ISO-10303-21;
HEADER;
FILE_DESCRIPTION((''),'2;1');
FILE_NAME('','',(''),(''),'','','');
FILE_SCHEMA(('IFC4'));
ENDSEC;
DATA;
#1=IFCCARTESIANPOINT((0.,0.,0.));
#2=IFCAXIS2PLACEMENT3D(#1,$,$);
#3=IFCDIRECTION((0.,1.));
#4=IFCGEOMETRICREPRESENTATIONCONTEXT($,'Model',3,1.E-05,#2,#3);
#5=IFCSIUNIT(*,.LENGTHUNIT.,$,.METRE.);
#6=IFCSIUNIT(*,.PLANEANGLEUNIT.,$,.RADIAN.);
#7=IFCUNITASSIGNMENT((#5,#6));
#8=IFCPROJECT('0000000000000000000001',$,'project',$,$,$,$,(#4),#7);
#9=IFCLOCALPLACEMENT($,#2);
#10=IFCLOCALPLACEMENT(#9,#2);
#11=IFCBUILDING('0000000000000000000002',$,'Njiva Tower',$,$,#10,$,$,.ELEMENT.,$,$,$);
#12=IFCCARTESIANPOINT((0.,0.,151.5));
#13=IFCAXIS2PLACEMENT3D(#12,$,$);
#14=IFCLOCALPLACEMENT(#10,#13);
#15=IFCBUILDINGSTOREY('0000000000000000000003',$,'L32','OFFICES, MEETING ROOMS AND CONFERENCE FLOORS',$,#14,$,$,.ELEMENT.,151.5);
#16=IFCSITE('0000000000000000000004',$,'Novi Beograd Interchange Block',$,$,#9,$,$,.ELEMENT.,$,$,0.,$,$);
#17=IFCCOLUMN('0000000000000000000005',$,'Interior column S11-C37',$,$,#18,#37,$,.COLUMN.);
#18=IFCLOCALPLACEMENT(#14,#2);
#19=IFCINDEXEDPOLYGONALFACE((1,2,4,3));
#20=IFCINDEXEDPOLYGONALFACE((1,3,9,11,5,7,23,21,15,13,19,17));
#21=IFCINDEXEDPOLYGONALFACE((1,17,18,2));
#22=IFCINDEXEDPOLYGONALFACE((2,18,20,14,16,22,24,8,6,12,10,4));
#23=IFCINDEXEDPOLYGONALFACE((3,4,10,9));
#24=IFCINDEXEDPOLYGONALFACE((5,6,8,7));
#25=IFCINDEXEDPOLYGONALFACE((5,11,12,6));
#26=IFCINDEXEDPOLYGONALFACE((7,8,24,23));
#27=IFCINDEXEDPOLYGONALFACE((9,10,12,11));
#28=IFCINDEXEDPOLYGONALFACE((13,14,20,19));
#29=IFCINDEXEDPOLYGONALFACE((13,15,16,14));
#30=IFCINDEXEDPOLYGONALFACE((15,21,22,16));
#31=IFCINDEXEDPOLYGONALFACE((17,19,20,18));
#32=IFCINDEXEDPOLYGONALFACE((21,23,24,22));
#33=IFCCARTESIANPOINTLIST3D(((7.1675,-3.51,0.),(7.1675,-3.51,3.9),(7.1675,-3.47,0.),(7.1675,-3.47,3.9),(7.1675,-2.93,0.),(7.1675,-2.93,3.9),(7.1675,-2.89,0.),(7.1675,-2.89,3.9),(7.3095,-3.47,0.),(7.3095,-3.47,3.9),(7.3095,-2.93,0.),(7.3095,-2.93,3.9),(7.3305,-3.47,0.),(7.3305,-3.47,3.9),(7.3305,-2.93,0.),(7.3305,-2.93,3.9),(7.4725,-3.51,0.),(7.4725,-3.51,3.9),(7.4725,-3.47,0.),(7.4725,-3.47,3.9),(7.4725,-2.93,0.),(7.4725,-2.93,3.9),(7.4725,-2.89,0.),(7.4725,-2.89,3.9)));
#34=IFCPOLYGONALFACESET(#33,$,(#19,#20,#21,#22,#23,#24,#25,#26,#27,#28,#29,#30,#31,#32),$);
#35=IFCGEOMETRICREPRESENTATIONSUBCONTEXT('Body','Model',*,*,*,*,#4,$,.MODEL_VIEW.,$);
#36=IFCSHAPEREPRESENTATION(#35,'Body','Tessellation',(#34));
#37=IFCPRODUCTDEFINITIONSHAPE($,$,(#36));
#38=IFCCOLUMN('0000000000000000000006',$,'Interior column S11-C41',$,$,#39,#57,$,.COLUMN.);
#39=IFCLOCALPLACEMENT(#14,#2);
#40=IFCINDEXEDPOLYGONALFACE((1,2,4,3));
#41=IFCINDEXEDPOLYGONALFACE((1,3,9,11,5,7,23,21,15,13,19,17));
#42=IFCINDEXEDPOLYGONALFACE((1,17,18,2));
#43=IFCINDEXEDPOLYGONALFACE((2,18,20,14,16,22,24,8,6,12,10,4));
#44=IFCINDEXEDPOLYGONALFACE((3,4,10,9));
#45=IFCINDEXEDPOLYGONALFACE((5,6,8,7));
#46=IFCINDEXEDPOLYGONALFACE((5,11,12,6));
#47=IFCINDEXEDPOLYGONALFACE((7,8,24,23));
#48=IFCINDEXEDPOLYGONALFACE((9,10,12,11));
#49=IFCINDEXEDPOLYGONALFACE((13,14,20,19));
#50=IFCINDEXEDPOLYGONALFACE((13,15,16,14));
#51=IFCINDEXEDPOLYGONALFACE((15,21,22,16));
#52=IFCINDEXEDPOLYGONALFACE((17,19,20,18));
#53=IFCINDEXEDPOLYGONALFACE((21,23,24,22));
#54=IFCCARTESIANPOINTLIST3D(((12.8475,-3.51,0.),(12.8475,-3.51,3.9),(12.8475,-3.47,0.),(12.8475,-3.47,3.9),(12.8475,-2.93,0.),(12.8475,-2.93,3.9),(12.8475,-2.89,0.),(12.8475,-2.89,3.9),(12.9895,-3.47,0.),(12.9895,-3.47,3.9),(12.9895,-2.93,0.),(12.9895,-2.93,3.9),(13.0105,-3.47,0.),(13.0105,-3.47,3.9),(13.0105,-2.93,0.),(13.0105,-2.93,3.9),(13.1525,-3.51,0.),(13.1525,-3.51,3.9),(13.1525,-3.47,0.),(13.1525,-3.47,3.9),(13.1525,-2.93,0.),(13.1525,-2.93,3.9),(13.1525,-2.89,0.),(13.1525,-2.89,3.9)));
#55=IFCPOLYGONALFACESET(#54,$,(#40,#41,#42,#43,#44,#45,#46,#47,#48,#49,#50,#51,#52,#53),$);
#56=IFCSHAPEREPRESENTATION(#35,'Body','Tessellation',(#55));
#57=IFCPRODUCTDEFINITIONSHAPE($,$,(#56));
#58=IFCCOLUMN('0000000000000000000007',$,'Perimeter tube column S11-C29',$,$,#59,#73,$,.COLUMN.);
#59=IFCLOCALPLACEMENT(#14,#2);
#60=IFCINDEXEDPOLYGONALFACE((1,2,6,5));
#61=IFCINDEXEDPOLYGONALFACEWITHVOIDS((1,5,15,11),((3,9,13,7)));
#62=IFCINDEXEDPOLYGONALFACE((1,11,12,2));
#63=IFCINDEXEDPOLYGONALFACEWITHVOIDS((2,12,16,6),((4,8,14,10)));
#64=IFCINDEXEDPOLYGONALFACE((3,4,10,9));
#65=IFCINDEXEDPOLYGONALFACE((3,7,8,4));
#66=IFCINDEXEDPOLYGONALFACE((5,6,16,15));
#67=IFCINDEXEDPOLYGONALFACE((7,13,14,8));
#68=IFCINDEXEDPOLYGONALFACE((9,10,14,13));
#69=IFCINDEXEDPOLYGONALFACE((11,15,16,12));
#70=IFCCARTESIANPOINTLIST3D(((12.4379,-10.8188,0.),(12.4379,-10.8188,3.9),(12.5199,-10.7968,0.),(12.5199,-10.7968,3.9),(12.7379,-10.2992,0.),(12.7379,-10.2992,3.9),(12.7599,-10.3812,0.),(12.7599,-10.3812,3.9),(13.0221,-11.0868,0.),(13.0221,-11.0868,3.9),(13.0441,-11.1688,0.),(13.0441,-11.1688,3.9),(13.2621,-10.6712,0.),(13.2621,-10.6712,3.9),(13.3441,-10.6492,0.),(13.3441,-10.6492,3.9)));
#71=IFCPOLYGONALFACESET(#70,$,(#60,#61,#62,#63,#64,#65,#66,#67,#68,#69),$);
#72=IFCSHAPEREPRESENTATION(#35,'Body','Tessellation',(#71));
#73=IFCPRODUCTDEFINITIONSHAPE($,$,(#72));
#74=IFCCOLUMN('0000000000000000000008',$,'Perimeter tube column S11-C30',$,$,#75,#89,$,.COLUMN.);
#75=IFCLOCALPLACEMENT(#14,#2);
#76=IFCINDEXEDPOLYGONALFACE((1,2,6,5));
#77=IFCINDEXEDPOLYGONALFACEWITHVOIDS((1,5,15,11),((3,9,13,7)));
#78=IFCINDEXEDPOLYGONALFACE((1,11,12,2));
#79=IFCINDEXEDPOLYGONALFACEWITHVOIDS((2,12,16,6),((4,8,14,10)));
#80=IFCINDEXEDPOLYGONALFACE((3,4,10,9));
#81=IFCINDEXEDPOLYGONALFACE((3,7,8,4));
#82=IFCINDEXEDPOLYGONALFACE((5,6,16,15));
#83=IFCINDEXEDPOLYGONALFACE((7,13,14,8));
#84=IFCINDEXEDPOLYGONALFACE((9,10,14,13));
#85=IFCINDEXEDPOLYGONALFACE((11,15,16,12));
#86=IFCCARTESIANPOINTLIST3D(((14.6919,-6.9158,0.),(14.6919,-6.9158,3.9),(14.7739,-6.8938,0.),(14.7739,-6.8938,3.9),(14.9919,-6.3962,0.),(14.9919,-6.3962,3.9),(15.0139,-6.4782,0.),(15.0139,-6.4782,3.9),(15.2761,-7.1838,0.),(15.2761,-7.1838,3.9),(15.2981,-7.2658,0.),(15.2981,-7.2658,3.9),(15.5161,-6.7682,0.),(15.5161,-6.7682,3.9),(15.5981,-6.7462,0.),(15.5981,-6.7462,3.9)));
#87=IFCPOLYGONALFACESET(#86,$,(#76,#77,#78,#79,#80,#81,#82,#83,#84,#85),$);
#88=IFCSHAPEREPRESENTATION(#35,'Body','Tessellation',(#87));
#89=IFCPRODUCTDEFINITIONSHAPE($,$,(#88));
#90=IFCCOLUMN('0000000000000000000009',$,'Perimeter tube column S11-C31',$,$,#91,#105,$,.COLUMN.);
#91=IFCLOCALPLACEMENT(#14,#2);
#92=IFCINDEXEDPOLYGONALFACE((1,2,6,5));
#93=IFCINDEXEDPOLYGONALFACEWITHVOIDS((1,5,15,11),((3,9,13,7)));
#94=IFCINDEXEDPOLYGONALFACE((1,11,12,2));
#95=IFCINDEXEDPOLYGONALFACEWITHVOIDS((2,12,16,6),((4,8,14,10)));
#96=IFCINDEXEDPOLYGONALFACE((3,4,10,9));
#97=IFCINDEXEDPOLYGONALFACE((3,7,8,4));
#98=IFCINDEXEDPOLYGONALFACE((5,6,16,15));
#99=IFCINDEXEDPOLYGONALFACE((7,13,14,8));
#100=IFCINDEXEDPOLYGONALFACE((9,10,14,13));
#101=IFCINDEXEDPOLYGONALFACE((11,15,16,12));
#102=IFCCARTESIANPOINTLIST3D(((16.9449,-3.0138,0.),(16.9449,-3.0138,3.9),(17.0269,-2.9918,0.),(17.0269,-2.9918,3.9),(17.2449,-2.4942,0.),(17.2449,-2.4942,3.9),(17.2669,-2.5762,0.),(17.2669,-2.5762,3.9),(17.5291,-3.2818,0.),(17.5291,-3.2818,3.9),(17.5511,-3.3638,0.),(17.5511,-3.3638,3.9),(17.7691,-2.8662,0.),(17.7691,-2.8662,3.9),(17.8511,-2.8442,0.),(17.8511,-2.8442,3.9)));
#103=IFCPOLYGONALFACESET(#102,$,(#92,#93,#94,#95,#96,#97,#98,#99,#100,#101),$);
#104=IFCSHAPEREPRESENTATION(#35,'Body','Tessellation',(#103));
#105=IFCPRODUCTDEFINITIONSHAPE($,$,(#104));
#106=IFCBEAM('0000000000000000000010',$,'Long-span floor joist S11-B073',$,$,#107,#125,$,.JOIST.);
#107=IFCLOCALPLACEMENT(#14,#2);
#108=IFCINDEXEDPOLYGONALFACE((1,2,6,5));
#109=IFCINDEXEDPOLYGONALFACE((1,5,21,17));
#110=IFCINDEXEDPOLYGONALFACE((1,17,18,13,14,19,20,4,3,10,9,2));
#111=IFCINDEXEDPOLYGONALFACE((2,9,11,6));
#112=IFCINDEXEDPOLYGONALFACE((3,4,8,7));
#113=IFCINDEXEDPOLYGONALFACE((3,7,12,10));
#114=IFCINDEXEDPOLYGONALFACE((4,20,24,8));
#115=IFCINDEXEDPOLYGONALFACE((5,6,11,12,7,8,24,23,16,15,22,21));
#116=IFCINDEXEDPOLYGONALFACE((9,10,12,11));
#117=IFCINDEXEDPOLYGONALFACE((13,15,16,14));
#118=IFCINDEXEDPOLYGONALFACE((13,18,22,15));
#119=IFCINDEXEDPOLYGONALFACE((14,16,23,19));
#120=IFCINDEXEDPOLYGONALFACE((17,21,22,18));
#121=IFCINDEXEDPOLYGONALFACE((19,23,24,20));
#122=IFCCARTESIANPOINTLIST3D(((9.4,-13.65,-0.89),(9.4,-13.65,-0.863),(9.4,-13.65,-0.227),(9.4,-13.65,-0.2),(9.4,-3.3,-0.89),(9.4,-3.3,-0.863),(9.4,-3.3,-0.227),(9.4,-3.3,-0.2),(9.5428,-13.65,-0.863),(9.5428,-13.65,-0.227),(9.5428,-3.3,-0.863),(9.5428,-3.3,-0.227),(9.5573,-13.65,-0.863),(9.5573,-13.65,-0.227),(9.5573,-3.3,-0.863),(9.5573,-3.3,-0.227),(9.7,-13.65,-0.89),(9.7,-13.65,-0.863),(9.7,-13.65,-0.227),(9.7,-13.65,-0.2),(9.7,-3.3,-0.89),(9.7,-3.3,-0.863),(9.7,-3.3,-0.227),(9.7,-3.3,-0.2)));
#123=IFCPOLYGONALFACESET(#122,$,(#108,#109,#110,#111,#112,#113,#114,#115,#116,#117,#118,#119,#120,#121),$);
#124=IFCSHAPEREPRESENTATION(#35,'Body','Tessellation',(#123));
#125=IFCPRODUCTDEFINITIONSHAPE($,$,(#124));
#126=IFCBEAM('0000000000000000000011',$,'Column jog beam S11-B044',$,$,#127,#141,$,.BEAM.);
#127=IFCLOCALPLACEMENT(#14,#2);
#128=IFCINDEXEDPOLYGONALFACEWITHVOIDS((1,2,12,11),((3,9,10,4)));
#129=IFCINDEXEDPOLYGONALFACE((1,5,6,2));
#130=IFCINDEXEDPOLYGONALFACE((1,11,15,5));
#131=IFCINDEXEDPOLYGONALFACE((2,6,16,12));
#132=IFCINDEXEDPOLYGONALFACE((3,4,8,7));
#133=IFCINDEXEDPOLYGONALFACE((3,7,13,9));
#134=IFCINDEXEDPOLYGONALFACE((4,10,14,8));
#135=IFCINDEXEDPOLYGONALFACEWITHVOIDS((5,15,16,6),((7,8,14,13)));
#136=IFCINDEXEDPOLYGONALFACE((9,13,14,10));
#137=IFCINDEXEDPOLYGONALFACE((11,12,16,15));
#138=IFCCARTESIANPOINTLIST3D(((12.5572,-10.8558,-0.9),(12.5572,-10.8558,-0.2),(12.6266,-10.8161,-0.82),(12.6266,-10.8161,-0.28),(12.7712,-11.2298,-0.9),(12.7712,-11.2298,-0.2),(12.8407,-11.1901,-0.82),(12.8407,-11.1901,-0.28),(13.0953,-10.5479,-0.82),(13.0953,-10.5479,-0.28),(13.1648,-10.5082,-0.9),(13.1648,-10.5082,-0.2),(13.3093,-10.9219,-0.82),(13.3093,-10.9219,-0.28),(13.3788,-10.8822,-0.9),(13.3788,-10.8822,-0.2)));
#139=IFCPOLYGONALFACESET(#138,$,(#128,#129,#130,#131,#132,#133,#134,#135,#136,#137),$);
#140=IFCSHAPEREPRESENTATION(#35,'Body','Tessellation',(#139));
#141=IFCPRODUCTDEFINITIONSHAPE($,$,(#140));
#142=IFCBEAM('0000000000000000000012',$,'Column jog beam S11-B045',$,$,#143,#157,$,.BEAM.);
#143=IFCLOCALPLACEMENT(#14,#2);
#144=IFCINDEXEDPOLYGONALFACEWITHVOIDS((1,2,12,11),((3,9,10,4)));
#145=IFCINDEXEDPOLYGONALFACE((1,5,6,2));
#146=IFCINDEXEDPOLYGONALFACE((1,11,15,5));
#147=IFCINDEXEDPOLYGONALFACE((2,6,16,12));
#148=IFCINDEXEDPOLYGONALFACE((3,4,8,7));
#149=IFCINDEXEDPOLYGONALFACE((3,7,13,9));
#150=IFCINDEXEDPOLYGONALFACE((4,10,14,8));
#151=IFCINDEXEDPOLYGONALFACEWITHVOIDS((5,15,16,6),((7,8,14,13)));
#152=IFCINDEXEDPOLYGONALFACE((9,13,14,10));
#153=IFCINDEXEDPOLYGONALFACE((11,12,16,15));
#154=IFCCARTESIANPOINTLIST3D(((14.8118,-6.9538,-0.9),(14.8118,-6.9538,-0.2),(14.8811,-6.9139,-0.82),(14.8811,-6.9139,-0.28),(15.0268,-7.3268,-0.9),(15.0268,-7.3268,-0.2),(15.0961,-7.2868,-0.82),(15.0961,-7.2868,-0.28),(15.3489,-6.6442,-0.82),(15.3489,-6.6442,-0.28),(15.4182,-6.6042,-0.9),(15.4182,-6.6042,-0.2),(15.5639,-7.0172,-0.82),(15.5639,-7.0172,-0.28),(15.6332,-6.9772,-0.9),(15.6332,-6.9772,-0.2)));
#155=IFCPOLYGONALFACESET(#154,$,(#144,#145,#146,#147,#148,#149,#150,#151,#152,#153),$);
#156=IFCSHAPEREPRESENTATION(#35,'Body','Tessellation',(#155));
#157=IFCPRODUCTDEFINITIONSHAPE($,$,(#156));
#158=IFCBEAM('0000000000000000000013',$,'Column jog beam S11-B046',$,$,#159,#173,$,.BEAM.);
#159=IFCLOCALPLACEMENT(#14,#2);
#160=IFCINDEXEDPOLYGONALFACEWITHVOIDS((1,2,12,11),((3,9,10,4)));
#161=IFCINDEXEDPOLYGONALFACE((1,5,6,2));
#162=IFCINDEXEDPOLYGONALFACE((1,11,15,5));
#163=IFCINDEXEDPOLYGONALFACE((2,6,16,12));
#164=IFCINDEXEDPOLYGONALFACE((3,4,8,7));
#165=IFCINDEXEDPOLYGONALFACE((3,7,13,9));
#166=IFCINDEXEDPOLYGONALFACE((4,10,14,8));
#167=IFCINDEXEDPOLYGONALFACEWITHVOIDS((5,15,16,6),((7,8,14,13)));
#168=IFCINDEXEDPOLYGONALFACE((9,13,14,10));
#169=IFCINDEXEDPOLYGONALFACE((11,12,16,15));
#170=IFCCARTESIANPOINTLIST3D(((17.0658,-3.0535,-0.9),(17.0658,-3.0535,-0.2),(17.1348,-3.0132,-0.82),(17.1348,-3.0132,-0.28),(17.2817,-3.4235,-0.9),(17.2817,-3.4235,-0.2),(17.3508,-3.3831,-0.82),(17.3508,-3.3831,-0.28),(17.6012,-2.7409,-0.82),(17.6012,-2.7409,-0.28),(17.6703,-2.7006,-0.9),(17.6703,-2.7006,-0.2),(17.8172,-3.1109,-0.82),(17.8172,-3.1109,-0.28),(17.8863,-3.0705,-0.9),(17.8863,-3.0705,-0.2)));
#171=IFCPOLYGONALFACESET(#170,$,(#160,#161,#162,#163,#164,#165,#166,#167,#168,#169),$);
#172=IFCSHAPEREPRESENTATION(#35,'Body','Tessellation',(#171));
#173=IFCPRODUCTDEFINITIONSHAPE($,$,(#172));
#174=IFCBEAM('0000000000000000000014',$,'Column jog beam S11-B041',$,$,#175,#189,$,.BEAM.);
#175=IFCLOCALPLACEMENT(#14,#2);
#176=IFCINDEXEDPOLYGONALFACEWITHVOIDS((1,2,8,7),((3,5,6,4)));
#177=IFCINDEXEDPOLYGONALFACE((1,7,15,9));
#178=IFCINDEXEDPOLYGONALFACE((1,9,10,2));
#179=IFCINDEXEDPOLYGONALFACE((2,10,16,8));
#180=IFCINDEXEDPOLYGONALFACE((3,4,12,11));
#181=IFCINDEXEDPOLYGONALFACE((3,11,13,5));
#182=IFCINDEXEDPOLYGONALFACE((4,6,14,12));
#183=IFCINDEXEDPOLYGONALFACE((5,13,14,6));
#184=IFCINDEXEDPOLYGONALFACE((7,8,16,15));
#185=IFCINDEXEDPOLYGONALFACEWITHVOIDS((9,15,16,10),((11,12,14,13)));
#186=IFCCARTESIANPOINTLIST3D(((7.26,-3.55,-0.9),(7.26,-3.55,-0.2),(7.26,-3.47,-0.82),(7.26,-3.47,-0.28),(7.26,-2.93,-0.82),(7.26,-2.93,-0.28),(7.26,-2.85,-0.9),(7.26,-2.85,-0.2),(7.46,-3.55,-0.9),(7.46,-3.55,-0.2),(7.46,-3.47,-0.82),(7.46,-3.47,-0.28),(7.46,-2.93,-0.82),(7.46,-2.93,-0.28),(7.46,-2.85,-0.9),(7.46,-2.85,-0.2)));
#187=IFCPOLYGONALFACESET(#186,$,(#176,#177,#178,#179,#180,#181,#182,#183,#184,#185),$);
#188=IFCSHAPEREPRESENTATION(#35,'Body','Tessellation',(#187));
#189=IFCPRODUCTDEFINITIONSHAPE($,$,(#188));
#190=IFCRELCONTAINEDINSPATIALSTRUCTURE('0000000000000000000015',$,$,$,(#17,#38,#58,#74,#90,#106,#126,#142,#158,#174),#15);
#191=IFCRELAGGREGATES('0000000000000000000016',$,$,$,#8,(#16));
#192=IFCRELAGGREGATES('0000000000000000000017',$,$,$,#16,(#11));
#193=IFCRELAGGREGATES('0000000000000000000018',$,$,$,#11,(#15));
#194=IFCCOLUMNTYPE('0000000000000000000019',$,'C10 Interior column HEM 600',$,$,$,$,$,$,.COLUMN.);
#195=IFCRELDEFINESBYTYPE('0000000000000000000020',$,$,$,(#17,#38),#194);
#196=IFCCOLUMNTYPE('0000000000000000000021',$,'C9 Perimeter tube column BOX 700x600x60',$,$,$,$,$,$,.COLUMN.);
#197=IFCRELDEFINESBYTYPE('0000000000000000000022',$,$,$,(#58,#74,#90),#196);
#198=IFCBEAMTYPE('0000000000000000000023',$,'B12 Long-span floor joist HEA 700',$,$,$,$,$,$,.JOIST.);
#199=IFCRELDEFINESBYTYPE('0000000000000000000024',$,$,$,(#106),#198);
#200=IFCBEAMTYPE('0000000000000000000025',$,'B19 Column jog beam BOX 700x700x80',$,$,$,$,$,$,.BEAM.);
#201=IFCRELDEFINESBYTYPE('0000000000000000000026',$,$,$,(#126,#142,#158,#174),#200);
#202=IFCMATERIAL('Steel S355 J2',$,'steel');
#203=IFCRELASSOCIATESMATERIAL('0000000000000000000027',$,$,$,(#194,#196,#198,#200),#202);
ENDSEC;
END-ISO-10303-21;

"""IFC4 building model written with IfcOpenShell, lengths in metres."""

from ifc_helpers import new_model, si_unit, direction, frame, origin, origin_2d, place, context, subcontext, project, spatial, hollow_rectangle, i_section, extrude, material, material_profile, profile_set, type_object, element, save


model = new_model("IFC4")

# Units and contexts
model_context = context("Model", 3, precision=1e-05, world=origin(), true_north=direction((0.0, 1.0)))
body_context = subcontext(model_context, "Body", "Model", "MODEL_VIEW")
ifc_project = project(units=[si_unit("LENGTHUNIT", "METRE"), si_unit("PLANEANGLEUNIT", "RADIAN")], contexts=[model_context])

# Site, building, storey
site_placement = place(None, origin())
site = spatial("IfcSite", under=ifc_project, at=site_placement, Name="Novi Beograd Interchange Block", CompositionType="ELEMENT", RefElevation=0.0)
building_placement = place(site_placement, origin())
building = spatial("IfcBuilding", under=site, at=building_placement, Name="Njiva Tower", CompositionType="ELEMENT")
storey_placement = place(building_placement, frame((0.0, 0.0, 151.5)))
storey = spatial("IfcBuildingStorey", under=building, at=storey_placement, Name="L32", Description="OFFICES, MEETING ROOMS AND CONFERENCE FLOORS", CompositionType="ELEMENT", Elevation=151.5)

# Columns
ifc_material_1 = material(Name="Steel S355 J2", Category="steel")
ifc_material_profile_1 = material_profile(ifc_material_1, i_section(OverallWidth=0.305, OverallDepth=0.62, WebThickness=0.021, FlangeThickness=0.04, at=origin_2d()), Name="HEM 600")
ifc_profile_set_1 = profile_set([ifc_material_profile_1], Name="Steel S355 J2")
column_type_1 = type_object("IfcColumnType", Name="C10 Interior column HEM 600", PredefinedType="COLUMN", material=ifc_profile_set_1)
for number, where, z_axis, x_axis, name in (
    (1, (7.32, -3.2, 0.0), (0.0, 0.0, 1.0), (1.0, 0.0, 0.0), "Interior column S11-C37"),
    (2, (13.0, -3.2, 0.0), (0.0, 0.0, 1.0), (1.0, 0.0, 0.0), "Interior column S11-C41"),
):
    element("IfcColumn", number, at=place(storey_placement, frame(where, z_axis=z_axis, x_axis=x_axis)), inside=storey, type_object=column_type_1, Name=name, PredefinedType="COLUMN", context=body_context, shape_type="SweptSolid", body=[
        extrude(i_section(OverallWidth=0.305, OverallDepth=0.62, WebThickness=0.021, FlangeThickness=0.04, at=origin_2d()), origin(), (0.0, 0.0, 1.0), 3.9),
    ])
ifc_material_profile_2 = material_profile(ifc_material_1, hollow_rectangle(XDim=0.6, YDim=0.7, WallThickness=0.06, at=origin_2d()), Name="BOX 700x600x60")
ifc_profile_set_2 = profile_set([ifc_material_profile_2], Name="Steel S355 J2")
column_type_2 = type_object("IfcColumnType", Name="C9 Perimeter tube column BOX 700x600x60", PredefinedType="COLUMN", material=ifc_profile_set_2)
for number, where, z_axis, x_axis, name in (
    (3, (12.891, -10.734, 0.0), (0.0, 0.0, 1.0), (0.5, 0.866025, 0.0), "Perimeter tube column S11-C29"),
    (4, (15.145, -6.831, 0.0), (0.0, 0.0, 1.0), (0.5, 0.866025, 0.0), "Perimeter tube column S11-C30"),
    (5, (17.398, -2.929, 0.0), (0.0, 0.0, 1.0), (0.5, 0.866025, 0.0), "Perimeter tube column S11-C31"),
):
    element("IfcColumn", number, at=place(storey_placement, frame(where, z_axis=z_axis, x_axis=x_axis)), inside=storey, type_object=column_type_2, Name=name, PredefinedType="COLUMN", context=body_context, shape_type="SweptSolid", body=[
        extrude(hollow_rectangle(XDim=0.6, YDim=0.7, WallThickness=0.06, at=origin_2d()), origin(), (0.0, 0.0, 1.0), 3.9),
    ])

# Beams
ifc_material_profile_3 = material_profile(ifc_material_1, i_section(OverallWidth=0.3, OverallDepth=0.69, WebThickness=0.0145, FlangeThickness=0.027, at=origin_2d()), Name="HEA 700")
ifc_profile_set_3 = profile_set([ifc_material_profile_3], Name="Steel S355 J2")
beam_type_1 = type_object("IfcBeamType", Name="B12 Long-span floor joist HEA 700", PredefinedType="JOIST", material=ifc_profile_set_3)
beam_1_placement = place(storey_placement, frame((9.55, -3.3, -0.545), z_axis=(0.0, -1.0, 0.0), x_axis=(1.0, 0.0, 0.0)))
element("IfcBeam", 6, at=beam_1_placement, inside=storey, type_object=beam_type_1, Name="Long-span floor joist S11-B073", PredefinedType="JOIST", context=body_context, shape_type="SweptSolid", body=[
    extrude(i_section(OverallWidth=0.3, OverallDepth=0.69, WebThickness=0.0145, FlangeThickness=0.027, at=origin_2d()), origin(), (0.0, 0.0, 1.0), 10.35),
])
ifc_material_profile_4 = material_profile(ifc_material_1, hollow_rectangle(XDim=0.7, YDim=0.7, WallThickness=0.08, at=origin_2d()), Name="BOX 700x700x80")
ifc_profile_set_4 = profile_set([ifc_material_profile_4], Name="Steel S355 J2")
beam_type_2 = type_object("IfcBeamType", Name="B19 Column jog beam BOX 700x700x80", PredefinedType="BEAM", material=ifc_profile_set_4)
beam_2_placement = place(storey_placement, frame((13.075, -11.056, -0.55), z_axis=(-0.496639, 0.867957, 0.0), x_axis=(-0.867957, -0.496639, 0.0)))
element("IfcBeam", 7, at=beam_2_placement, inside=storey, type_object=beam_type_2, Name="Column jog beam S11-B044", PredefinedType="BEAM", context=body_context, shape_type="SweptSolid", body=[
    extrude(hollow_rectangle(XDim=0.7, YDim=0.7, WallThickness=0.08, at=origin_2d()), origin(), (0.0, 0.0, 1.0), 0.4309),
])
beam_3_placement = place(storey_placement, frame((15.33, -7.152, -0.55), z_axis=(-0.499387, 0.866379, 0.0), x_axis=(-0.866379, -0.499387, 0.0)))
element("IfcBeam", 8, at=beam_3_placement, inside=storey, type_object=beam_type_2, Name="Column jog beam S11-B045", PredefinedType="BEAM", context=body_context, shape_type="SweptSolid", body=[
    extrude(hollow_rectangle(XDim=0.7, YDim=0.7, WallThickness=0.08, at=origin_2d()), origin(), (0.0, 0.0, 1.0), 0.4305),
])
beam_4_placement = place(storey_placement, frame((17.584, -3.247, -0.55), z_axis=(-0.504161, 0.86361, 0.0), x_axis=(-0.86361, -0.504161, 0.0)))
element("IfcBeam", 9, at=beam_4_placement, inside=storey, type_object=beam_type_2, Name="Column jog beam S11-B046", PredefinedType="BEAM", context=body_context, shape_type="SweptSolid", body=[
    extrude(hollow_rectangle(XDim=0.7, YDim=0.7, WallThickness=0.08, at=origin_2d()), origin(), (0.0, 0.0, 1.0), 0.4284),
])
beam_5_placement = place(storey_placement, frame((7.46, -3.2, -0.55), z_axis=(-1.0, 0.0, 0.0), x_axis=(0.0, -1.0, 0.0)))
element("IfcBeam", 10, at=beam_5_placement, inside=storey, type_object=beam_type_2, Name="Column jog beam S11-B041", PredefinedType="BEAM", context=body_context, shape_type="SweptSolid", body=[
    extrude(hollow_rectangle(XDim=0.7, YDim=0.7, WallThickness=0.08, at=origin_2d()), origin(), (0.0, 0.0, 1.0), 0.2),
])

save(model, "model.ifc")
